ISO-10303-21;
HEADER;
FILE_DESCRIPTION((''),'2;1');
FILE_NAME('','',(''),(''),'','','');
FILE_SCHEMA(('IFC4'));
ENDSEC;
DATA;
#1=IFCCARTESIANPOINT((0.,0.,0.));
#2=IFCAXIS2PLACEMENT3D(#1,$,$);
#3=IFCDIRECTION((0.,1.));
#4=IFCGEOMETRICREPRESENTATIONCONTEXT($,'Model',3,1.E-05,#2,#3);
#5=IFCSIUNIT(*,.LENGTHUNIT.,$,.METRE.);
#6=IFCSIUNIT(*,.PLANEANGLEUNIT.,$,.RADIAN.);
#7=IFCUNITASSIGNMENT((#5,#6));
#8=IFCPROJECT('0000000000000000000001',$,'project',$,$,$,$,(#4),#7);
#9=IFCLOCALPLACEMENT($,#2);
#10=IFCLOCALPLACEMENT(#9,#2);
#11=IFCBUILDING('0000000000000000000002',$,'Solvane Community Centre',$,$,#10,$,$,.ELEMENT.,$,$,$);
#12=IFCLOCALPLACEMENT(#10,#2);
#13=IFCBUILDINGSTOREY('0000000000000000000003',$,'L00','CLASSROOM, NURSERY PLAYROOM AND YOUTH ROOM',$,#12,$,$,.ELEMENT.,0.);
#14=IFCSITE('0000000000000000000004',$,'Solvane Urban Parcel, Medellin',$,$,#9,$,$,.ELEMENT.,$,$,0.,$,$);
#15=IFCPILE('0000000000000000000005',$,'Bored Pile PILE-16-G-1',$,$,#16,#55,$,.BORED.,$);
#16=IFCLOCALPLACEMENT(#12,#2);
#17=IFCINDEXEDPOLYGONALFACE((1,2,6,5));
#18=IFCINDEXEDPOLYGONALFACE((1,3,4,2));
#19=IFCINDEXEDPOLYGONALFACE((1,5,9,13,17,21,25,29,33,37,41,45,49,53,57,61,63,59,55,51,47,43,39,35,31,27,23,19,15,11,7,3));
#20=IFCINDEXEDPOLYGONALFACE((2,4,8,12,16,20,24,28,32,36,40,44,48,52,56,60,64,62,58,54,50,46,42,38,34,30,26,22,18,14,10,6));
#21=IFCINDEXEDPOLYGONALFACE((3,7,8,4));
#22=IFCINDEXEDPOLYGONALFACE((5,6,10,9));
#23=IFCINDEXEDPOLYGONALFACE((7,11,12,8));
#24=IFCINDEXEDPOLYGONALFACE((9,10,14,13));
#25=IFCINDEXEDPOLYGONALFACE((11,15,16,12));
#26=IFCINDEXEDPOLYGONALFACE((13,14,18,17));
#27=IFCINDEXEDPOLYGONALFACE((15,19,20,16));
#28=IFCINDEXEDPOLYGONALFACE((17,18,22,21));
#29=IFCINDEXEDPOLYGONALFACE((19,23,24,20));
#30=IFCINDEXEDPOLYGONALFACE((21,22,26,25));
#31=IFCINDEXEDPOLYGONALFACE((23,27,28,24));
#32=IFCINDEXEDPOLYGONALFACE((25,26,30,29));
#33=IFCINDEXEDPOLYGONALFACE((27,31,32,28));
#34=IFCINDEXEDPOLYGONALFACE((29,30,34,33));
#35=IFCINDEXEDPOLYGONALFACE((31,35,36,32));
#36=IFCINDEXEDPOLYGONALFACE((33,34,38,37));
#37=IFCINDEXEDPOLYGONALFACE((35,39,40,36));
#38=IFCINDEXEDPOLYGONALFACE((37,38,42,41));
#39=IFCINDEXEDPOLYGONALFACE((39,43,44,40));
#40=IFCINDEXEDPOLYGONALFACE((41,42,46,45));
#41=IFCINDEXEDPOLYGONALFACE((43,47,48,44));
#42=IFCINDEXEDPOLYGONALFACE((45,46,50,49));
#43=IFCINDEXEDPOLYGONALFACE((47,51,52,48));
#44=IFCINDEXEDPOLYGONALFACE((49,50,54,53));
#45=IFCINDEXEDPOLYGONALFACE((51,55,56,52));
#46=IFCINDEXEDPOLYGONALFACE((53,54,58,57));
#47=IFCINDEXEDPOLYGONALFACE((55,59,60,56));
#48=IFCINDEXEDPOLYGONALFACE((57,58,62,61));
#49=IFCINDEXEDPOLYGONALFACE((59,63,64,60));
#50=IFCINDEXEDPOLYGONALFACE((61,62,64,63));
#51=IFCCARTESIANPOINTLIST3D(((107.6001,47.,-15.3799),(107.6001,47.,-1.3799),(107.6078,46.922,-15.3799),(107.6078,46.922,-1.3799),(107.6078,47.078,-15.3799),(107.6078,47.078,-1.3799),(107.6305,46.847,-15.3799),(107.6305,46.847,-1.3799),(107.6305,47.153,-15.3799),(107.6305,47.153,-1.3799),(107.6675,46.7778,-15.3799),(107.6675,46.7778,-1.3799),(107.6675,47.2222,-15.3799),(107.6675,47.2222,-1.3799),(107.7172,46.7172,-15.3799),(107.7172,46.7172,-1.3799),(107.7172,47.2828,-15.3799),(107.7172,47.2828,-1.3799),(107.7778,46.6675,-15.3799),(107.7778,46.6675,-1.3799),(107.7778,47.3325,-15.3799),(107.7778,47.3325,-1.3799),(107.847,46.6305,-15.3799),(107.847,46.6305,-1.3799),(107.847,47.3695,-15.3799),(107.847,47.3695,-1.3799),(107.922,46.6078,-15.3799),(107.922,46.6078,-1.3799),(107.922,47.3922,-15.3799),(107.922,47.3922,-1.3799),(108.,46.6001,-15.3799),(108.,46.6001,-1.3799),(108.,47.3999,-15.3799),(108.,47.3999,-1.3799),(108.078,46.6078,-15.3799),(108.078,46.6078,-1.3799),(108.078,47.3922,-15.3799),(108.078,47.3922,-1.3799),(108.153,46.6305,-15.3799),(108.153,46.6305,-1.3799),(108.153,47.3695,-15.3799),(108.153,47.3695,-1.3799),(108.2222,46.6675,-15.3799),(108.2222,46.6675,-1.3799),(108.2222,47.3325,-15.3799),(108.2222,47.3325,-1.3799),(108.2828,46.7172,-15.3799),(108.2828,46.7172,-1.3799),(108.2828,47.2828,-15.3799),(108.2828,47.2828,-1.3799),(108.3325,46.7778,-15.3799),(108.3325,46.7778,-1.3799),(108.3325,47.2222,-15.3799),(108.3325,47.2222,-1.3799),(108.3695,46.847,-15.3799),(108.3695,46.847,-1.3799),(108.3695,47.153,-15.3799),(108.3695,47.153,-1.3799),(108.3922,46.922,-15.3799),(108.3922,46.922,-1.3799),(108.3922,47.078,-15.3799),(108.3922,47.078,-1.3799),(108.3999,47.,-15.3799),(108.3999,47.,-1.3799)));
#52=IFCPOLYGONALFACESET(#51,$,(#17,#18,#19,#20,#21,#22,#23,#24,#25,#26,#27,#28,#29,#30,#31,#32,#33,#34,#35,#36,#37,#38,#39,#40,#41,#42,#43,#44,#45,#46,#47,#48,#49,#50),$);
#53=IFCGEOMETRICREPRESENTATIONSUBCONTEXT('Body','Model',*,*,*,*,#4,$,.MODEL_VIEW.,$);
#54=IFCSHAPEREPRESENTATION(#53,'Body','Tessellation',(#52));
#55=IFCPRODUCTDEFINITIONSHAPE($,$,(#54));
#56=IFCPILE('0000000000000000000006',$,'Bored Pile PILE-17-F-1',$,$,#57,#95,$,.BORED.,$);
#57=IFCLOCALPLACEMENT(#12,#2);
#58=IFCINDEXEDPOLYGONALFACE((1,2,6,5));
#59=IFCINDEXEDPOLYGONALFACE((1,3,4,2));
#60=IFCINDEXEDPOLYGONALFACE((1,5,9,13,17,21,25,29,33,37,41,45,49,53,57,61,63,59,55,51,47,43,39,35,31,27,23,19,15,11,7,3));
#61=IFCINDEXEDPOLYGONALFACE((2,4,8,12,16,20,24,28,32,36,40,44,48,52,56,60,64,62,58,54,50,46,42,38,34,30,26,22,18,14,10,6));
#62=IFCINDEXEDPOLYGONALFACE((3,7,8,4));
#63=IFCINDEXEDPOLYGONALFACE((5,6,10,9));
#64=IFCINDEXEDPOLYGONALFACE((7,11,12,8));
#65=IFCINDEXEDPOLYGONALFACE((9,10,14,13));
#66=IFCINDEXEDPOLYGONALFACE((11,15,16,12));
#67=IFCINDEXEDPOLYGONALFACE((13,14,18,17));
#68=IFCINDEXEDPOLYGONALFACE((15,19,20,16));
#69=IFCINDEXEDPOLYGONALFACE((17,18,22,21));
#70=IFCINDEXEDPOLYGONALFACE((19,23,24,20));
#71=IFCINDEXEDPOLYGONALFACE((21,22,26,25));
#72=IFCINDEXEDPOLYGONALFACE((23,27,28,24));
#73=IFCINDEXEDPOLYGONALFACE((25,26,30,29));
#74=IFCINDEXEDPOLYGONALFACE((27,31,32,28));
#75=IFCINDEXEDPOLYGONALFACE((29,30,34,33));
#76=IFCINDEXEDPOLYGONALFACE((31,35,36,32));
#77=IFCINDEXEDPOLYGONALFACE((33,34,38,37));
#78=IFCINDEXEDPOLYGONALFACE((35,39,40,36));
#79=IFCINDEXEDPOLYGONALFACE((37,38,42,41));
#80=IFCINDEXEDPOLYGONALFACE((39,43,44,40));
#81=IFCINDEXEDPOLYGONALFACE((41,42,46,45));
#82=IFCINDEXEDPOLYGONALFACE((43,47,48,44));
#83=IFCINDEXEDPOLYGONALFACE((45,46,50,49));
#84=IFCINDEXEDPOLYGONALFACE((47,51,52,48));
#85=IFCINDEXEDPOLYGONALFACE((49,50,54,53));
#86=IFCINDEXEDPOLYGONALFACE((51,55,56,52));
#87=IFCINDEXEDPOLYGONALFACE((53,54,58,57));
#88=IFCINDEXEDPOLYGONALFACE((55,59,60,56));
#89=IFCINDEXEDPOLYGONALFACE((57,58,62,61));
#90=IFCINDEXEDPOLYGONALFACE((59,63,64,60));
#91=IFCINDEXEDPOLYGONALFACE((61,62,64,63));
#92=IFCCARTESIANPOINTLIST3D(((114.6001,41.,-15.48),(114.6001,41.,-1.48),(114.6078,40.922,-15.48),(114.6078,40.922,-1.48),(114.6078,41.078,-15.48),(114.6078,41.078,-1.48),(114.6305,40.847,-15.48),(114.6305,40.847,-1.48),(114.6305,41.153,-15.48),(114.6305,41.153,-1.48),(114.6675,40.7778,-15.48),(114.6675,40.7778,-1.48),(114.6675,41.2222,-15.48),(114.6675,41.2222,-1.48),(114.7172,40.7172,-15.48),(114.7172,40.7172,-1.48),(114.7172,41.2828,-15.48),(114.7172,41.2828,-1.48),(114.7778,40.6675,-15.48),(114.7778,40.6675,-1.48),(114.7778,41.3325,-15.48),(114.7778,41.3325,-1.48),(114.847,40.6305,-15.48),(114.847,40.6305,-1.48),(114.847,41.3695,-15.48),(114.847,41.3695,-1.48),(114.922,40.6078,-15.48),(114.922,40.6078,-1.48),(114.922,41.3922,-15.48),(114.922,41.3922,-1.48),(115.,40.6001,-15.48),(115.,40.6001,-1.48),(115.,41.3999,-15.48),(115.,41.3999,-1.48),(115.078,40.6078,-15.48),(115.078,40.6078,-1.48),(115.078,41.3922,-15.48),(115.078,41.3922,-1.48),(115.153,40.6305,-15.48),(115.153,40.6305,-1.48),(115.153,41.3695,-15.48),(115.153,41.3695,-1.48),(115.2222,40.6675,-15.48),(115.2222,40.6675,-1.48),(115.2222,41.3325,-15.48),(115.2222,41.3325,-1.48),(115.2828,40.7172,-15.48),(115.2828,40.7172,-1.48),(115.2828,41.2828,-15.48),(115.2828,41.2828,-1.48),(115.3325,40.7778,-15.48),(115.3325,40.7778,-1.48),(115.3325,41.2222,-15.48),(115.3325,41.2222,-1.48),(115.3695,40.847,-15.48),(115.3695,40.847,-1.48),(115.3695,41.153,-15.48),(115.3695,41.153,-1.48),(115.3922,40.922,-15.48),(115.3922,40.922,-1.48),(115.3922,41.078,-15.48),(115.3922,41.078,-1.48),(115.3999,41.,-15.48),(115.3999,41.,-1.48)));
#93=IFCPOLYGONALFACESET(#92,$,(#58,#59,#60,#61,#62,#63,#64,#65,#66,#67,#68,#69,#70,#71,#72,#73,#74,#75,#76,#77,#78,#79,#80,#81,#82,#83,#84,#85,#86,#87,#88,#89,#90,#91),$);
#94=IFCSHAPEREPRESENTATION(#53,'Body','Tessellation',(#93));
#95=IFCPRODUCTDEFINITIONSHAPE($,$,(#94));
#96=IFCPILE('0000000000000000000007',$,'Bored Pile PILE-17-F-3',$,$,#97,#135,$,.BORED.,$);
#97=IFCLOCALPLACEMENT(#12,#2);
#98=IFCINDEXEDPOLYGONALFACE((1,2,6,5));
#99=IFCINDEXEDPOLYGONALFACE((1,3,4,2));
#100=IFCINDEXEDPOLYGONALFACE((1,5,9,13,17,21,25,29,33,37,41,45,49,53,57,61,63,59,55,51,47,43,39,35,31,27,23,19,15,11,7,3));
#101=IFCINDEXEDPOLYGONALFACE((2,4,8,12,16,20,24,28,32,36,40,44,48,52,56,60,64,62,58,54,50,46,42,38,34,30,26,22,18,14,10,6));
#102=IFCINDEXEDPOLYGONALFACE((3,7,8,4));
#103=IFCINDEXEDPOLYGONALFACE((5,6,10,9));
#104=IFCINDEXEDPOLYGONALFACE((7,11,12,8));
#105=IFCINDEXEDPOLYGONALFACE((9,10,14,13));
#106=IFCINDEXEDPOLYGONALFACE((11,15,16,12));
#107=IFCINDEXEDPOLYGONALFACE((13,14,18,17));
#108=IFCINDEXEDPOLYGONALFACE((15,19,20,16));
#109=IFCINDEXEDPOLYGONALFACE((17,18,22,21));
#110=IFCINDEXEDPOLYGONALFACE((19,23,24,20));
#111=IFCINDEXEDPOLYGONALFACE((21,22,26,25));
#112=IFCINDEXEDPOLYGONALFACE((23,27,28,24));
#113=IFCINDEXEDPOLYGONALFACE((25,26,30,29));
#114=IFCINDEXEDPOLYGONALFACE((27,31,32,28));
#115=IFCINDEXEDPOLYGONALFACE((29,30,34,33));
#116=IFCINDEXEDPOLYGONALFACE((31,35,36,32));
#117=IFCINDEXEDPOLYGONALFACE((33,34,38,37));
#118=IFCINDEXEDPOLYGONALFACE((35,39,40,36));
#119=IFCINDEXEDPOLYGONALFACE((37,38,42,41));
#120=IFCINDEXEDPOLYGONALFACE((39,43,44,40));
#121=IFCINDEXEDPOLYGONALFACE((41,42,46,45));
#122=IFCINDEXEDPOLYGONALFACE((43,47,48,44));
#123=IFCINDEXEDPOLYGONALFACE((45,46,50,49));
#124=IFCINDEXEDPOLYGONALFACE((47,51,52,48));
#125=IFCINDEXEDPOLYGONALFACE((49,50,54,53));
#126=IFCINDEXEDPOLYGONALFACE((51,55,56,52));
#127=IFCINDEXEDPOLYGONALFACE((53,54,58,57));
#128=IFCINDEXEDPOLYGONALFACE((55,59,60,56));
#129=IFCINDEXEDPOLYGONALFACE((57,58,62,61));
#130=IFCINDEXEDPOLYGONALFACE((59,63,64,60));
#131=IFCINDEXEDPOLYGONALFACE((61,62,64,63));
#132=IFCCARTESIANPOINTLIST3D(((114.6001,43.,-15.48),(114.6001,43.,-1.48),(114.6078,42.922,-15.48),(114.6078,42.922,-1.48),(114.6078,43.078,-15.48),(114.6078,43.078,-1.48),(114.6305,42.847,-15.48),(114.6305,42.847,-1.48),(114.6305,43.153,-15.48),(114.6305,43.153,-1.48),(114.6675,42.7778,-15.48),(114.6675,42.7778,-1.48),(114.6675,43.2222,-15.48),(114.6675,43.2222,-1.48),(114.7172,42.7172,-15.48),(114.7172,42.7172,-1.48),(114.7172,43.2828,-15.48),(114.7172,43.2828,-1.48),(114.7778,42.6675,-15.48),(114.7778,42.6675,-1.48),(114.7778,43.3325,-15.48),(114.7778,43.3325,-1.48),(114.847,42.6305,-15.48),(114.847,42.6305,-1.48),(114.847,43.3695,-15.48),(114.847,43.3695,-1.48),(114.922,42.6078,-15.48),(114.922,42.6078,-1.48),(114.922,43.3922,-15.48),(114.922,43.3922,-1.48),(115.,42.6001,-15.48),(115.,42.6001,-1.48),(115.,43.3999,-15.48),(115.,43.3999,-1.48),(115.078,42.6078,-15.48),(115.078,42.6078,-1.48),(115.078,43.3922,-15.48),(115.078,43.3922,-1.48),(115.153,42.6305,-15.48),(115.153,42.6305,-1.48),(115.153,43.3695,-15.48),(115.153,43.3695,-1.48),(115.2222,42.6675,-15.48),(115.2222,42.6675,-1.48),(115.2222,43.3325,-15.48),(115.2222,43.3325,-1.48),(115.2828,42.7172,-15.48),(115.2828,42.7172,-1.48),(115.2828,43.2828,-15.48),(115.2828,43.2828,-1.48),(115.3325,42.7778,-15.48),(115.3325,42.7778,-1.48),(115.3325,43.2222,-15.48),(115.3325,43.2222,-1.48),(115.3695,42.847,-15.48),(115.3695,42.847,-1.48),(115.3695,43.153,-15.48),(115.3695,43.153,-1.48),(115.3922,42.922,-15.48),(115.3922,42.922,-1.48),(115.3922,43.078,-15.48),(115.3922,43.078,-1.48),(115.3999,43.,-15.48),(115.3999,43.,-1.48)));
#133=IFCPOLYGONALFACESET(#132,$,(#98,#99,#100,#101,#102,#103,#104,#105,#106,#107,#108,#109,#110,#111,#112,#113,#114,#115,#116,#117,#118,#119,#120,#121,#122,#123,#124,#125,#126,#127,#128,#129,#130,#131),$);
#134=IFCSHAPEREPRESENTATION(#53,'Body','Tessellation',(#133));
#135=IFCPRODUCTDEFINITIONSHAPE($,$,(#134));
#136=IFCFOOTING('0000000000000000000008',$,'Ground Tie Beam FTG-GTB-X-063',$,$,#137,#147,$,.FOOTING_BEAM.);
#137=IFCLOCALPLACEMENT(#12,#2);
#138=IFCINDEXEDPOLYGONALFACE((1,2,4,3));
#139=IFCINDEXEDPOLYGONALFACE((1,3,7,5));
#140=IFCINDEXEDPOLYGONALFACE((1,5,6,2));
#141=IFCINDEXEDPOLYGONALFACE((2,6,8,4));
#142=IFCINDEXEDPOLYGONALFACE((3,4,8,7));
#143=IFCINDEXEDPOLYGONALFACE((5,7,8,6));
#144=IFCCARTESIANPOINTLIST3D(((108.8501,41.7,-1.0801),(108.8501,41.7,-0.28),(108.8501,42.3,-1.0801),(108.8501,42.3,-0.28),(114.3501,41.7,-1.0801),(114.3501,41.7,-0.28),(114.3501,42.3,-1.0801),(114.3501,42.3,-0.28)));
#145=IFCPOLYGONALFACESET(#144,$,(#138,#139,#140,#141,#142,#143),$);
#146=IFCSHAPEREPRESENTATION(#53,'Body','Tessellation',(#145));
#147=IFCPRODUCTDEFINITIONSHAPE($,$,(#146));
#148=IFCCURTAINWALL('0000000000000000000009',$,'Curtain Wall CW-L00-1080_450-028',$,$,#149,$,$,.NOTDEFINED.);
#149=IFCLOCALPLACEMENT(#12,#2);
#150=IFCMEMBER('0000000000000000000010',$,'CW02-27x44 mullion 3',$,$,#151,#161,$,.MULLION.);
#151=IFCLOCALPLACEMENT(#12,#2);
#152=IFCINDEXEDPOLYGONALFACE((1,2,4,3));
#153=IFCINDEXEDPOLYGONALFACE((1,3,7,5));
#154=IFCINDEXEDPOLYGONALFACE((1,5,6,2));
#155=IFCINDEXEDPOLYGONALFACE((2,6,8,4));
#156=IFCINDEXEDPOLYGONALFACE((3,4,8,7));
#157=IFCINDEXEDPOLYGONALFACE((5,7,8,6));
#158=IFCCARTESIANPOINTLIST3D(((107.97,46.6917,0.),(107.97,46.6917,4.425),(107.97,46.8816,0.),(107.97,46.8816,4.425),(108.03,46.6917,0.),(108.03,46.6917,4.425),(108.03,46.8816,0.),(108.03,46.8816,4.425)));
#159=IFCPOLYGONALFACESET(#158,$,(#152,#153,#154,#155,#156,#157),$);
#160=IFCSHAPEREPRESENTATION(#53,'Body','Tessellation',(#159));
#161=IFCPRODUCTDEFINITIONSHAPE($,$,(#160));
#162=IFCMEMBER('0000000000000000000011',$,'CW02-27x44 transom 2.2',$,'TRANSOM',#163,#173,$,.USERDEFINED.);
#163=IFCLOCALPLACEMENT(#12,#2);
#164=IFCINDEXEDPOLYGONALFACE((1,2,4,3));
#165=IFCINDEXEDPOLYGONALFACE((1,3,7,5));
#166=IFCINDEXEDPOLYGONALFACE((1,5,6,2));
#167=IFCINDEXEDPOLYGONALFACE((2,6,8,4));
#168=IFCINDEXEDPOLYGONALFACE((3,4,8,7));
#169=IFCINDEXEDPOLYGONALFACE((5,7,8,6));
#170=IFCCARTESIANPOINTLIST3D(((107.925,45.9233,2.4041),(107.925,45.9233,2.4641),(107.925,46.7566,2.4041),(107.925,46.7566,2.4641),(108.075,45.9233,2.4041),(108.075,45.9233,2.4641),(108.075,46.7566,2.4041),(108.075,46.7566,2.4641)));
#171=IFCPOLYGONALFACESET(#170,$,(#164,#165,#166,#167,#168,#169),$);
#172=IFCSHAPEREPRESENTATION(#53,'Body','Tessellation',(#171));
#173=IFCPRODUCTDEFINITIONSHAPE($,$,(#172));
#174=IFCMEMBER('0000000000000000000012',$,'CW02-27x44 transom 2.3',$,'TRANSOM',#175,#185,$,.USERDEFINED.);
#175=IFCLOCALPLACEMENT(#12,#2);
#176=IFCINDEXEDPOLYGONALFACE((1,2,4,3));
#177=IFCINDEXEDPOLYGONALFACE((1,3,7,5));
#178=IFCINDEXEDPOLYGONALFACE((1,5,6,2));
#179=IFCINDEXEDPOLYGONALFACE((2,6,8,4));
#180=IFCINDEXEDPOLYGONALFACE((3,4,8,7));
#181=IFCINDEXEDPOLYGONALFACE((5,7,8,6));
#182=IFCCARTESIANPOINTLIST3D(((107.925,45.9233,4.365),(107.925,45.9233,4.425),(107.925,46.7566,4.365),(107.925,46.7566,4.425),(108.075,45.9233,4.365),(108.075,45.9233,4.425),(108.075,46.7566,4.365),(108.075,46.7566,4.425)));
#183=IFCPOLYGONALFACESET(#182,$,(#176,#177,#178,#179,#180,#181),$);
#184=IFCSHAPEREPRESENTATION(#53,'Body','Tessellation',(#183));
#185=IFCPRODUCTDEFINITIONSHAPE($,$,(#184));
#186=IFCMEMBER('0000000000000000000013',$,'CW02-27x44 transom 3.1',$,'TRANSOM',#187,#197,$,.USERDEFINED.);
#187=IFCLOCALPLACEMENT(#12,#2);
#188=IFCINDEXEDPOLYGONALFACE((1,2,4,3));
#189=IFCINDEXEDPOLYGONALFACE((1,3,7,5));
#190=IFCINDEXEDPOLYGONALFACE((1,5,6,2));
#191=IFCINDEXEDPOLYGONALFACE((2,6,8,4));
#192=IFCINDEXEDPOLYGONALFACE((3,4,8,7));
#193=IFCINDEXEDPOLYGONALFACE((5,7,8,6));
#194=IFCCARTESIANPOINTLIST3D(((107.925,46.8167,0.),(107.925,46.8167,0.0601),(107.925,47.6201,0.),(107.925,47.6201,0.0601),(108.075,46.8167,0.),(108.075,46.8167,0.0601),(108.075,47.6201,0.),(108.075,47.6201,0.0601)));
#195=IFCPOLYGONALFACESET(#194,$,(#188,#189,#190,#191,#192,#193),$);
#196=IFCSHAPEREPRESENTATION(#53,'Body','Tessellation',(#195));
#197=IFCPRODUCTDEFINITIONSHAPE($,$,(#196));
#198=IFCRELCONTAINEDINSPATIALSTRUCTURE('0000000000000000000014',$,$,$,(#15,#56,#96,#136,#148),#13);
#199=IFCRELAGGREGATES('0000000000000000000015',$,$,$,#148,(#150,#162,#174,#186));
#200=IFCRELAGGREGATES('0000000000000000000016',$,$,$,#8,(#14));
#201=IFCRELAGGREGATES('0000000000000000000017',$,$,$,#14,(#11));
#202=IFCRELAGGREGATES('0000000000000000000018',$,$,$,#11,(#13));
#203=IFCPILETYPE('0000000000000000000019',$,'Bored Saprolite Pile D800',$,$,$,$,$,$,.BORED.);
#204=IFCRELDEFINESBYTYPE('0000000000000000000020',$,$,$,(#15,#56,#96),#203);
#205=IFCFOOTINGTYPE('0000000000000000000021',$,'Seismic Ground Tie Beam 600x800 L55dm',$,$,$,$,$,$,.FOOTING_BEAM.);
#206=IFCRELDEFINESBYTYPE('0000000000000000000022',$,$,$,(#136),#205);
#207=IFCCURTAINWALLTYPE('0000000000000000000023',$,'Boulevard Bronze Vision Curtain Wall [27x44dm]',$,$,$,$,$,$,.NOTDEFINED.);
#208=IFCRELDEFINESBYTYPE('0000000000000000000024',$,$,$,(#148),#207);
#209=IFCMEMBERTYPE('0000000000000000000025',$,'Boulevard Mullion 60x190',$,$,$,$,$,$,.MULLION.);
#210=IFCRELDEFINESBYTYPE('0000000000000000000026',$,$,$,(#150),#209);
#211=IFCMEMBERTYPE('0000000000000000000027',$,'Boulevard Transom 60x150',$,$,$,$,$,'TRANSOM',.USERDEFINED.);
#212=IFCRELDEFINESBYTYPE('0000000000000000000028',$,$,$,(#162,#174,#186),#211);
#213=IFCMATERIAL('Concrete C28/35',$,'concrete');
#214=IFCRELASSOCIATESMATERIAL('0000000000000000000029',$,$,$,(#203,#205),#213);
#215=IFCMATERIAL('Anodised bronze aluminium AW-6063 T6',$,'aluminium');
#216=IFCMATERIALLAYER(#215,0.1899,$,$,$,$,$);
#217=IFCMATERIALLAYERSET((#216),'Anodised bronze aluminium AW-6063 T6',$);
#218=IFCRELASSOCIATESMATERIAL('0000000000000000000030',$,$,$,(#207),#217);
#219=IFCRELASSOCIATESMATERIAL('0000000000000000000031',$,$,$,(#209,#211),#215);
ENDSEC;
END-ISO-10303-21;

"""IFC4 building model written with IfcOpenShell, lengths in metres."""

from ifc_helpers import new_model, si_unit, direction, frame, origin, origin_2d, place, context, subcontext, project, spatial, rectangle, circle, extrude, material, layer, layer_set, material_profile, profile_set, type_object, element, aggregate, save


model = new_model("IFC4")

# Units and contexts
model_context = context("Model", 3, precision=1e-05, world=origin(), true_north=direction((0.0, 1.0)))
body_context = subcontext(model_context, "Body", "Model", "MODEL_VIEW")
ifc_project = project(units=[si_unit("LENGTHUNIT", "METRE"), si_unit("PLANEANGLEUNIT", "RADIAN")], contexts=[model_context])

# Site, building, storey
site_placement = place(None, origin())
site = spatial("IfcSite", under=ifc_project, at=site_placement, Name="Solvane Urban Parcel, Medellin", CompositionType="ELEMENT", RefElevation=0.0)
building_placement = place(site_placement, origin())
building = spatial("IfcBuilding", under=site, at=building_placement, Name="Solvane Community Centre", CompositionType="ELEMENT")
storey_placement = place(building_placement, origin())
storey = spatial("IfcBuildingStorey", under=building, at=storey_placement, Name="L00", Description="CLASSROOM, NURSERY PLAYROOM AND YOUTH ROOM", CompositionType="ELEMENT", Elevation=0.0)

# Piles
ifc_material_1 = material(Name="Concrete C28/35", Category="concrete")
ifc_material_profile_1 = material_profile(ifc_material_1, circle(Radius=0.3999, at=origin_2d()), Name="PILE D800")
ifc_profile_set_1 = profile_set([ifc_material_profile_1], Name="Concrete C28/35")
pile_type = type_object("IfcPileType", Name="Bored Saprolite Pile D800", PredefinedType="BORED", material=ifc_profile_set_1)
for number, where, z_axis, x_axis, name in (
    (1, (108.0, 47.0, -1.3799), (0.0, 0.0, -1.0), (1.0, 0.0, 0.0), "Bored Pile PILE-16-G-1"),
    (2, (115.0, 41.0, -1.48), (0.0, 0.0, -1.0), (1.0, 0.0, 0.0), "Bored Pile PILE-17-F-1"),
    (3, (115.0, 43.0, -1.48), (0.0, 0.0, -1.0), (1.0, 0.0, 0.0), "Bored Pile PILE-17-F-3"),
):
    element("IfcPile", number, at=place(storey_placement, frame(where, z_axis=z_axis, x_axis=x_axis)), inside=storey, type_object=pile_type, Name=name, PredefinedType="BORED", context=body_context, shape_type="SweptSolid", body=[
        extrude(circle(Radius=0.3999, at=origin_2d()), origin(), (0.0, 0.0, 1.0), 14.0),
    ])

# Footing
footing_type = type_object("IfcFootingType", Name="Seismic Ground Tie Beam 600x800 L55dm", PredefinedType="FOOTING_BEAM", material=ifc_material_1)
footing_placement = place(storey_placement, frame((111.6001, 42.0, -1.0801), z_axis=(0.0, 0.0, 1.0), x_axis=(1.0, 0.0, 0.0)))
element("IfcFooting", 4, at=footing_placement, inside=storey, type_object=footing_type, Name="Ground Tie Beam FTG-GTB-X-063", PredefinedType="FOOTING_BEAM", context=body_context, shape_type="SweptSolid", body=[
    extrude(rectangle(XDim=5.5, YDim=0.6001, at=origin_2d()), origin(), (0.0, 0.0, 1.0), 0.8),
])

# Curtain wall, members
ifc_material_2 = material(Name="Anodised bronze aluminium AW-6063 T6", Category="aluminium")
ifc_layer_1 = layer(ifc_material_2, 0.1899)
ifc_layer_set_1 = layer_set([ifc_layer_1], Name="Anodised bronze aluminium AW-6063 T6")
curtain_wall_type = type_object("IfcCurtainWallType", Name="Boulevard Bronze Vision Curtain Wall [27x44dm]", PredefinedType="NOTDEFINED", material=ifc_layer_set_1)
curtain_wall_placement = place(storey_placement, origin())
curtain_wall = element("IfcCurtainWall", 5, at=curtain_wall_placement, inside=storey, type_object=curtain_wall_type, Name="Curtain Wall CW-L00-1080_450-028", PredefinedType="NOTDEFINED")
ifc_material_profile_2 = material_profile(ifc_material_2, rectangle(XDim=0.0601, YDim=0.1899, at=origin_2d()), Name="CW-M 60x190")
ifc_profile_set_2 = profile_set([ifc_material_profile_2], Name="Anodised bronze aluminium AW-6063 T6")
member_type_1 = type_object("IfcMemberType", Name="Boulevard Mullion 60x190", PredefinedType="MULLION", material=ifc_profile_set_2)
member_1_placement = place(storey_placement, frame((108.0, 46.7866, 0.0), z_axis=(0.0, 0.0, 1.0), x_axis=(-1.0, 0.0, 0.0)))
member_1 = element("IfcMember", 6, at=member_1_placement, type_object=member_type_1, Name="CW02-27x44 mullion 3", PredefinedType="MULLION", context=body_context, shape_type="SweptSolid", body=[
    extrude(rectangle(XDim=0.0601, YDim=0.1899, at=origin_2d()), origin(), (0.0, 0.0, 1.0), 4.425),
])
ifc_material_profile_3 = material_profile(ifc_material_2, rectangle(XDim=0.1499, YDim=0.0601, at=origin_2d()), Name="CW-T 60x150")
ifc_profile_set_3 = profile_set([ifc_material_profile_3], Name="Anodised bronze aluminium AW-6063 T6")
member_type_2 = type_object("IfcMemberType", Name="Boulevard Transom 60x150", ElementType="TRANSOM", PredefinedType="USERDEFINED", material=ifc_profile_set_3)
member_2_placement = place(storey_placement, frame((108.0, 45.9233, 2.4341), z_axis=(0.0, 1.0, 0.0), x_axis=(-1.0, 0.0, 0.0)))
member_2 = element("IfcMember", 7, at=member_2_placement, type_object=member_type_2, Name="CW02-27x44 transom 2.2", ObjectType="TRANSOM", PredefinedType="USERDEFINED", context=body_context, shape_type="SweptSolid", body=[
    extrude(rectangle(XDim=0.1499, YDim=0.0601, at=origin_2d()), origin(), (0.0, 0.0, 1.0), 0.8333),
])
member_3_placement = place(storey_placement, frame((108.0, 45.9233, 4.395), z_axis=(0.0, 1.0, 0.0), x_axis=(-1.0, 0.0, 0.0)))
member_3 = element("IfcMember", 8, at=member_3_placement, type_object=member_type_2, Name="CW02-27x44 transom 2.3", ObjectType="TRANSOM", PredefinedType="USERDEFINED", context=body_context, shape_type="SweptSolid", body=[
    extrude(rectangle(XDim=0.1499, YDim=0.0601, at=origin_2d()), origin(), (0.0, 0.0, 1.0), 0.8333),
])
member_4_placement = place(storey_placement, frame((108.0, 46.8167, 0.03), z_axis=(0.0, 1.0, 0.0), x_axis=(-1.0, 0.0, 0.0)))
member_4 = element("IfcMember", 9, at=member_4_placement, type_object=member_type_2, Name="CW02-27x44 transom 3.1", ObjectType="TRANSOM", PredefinedType="USERDEFINED", context=body_context, shape_type="SweptSolid", body=[
    extrude(rectangle(XDim=0.1499, YDim=0.0601, at=origin_2d()), origin(), (0.0, 0.0, 1.0), 0.8035),
])
aggregate(curtain_wall, [member_1, member_2, member_3, member_4])

save(model, "model.ifc")
